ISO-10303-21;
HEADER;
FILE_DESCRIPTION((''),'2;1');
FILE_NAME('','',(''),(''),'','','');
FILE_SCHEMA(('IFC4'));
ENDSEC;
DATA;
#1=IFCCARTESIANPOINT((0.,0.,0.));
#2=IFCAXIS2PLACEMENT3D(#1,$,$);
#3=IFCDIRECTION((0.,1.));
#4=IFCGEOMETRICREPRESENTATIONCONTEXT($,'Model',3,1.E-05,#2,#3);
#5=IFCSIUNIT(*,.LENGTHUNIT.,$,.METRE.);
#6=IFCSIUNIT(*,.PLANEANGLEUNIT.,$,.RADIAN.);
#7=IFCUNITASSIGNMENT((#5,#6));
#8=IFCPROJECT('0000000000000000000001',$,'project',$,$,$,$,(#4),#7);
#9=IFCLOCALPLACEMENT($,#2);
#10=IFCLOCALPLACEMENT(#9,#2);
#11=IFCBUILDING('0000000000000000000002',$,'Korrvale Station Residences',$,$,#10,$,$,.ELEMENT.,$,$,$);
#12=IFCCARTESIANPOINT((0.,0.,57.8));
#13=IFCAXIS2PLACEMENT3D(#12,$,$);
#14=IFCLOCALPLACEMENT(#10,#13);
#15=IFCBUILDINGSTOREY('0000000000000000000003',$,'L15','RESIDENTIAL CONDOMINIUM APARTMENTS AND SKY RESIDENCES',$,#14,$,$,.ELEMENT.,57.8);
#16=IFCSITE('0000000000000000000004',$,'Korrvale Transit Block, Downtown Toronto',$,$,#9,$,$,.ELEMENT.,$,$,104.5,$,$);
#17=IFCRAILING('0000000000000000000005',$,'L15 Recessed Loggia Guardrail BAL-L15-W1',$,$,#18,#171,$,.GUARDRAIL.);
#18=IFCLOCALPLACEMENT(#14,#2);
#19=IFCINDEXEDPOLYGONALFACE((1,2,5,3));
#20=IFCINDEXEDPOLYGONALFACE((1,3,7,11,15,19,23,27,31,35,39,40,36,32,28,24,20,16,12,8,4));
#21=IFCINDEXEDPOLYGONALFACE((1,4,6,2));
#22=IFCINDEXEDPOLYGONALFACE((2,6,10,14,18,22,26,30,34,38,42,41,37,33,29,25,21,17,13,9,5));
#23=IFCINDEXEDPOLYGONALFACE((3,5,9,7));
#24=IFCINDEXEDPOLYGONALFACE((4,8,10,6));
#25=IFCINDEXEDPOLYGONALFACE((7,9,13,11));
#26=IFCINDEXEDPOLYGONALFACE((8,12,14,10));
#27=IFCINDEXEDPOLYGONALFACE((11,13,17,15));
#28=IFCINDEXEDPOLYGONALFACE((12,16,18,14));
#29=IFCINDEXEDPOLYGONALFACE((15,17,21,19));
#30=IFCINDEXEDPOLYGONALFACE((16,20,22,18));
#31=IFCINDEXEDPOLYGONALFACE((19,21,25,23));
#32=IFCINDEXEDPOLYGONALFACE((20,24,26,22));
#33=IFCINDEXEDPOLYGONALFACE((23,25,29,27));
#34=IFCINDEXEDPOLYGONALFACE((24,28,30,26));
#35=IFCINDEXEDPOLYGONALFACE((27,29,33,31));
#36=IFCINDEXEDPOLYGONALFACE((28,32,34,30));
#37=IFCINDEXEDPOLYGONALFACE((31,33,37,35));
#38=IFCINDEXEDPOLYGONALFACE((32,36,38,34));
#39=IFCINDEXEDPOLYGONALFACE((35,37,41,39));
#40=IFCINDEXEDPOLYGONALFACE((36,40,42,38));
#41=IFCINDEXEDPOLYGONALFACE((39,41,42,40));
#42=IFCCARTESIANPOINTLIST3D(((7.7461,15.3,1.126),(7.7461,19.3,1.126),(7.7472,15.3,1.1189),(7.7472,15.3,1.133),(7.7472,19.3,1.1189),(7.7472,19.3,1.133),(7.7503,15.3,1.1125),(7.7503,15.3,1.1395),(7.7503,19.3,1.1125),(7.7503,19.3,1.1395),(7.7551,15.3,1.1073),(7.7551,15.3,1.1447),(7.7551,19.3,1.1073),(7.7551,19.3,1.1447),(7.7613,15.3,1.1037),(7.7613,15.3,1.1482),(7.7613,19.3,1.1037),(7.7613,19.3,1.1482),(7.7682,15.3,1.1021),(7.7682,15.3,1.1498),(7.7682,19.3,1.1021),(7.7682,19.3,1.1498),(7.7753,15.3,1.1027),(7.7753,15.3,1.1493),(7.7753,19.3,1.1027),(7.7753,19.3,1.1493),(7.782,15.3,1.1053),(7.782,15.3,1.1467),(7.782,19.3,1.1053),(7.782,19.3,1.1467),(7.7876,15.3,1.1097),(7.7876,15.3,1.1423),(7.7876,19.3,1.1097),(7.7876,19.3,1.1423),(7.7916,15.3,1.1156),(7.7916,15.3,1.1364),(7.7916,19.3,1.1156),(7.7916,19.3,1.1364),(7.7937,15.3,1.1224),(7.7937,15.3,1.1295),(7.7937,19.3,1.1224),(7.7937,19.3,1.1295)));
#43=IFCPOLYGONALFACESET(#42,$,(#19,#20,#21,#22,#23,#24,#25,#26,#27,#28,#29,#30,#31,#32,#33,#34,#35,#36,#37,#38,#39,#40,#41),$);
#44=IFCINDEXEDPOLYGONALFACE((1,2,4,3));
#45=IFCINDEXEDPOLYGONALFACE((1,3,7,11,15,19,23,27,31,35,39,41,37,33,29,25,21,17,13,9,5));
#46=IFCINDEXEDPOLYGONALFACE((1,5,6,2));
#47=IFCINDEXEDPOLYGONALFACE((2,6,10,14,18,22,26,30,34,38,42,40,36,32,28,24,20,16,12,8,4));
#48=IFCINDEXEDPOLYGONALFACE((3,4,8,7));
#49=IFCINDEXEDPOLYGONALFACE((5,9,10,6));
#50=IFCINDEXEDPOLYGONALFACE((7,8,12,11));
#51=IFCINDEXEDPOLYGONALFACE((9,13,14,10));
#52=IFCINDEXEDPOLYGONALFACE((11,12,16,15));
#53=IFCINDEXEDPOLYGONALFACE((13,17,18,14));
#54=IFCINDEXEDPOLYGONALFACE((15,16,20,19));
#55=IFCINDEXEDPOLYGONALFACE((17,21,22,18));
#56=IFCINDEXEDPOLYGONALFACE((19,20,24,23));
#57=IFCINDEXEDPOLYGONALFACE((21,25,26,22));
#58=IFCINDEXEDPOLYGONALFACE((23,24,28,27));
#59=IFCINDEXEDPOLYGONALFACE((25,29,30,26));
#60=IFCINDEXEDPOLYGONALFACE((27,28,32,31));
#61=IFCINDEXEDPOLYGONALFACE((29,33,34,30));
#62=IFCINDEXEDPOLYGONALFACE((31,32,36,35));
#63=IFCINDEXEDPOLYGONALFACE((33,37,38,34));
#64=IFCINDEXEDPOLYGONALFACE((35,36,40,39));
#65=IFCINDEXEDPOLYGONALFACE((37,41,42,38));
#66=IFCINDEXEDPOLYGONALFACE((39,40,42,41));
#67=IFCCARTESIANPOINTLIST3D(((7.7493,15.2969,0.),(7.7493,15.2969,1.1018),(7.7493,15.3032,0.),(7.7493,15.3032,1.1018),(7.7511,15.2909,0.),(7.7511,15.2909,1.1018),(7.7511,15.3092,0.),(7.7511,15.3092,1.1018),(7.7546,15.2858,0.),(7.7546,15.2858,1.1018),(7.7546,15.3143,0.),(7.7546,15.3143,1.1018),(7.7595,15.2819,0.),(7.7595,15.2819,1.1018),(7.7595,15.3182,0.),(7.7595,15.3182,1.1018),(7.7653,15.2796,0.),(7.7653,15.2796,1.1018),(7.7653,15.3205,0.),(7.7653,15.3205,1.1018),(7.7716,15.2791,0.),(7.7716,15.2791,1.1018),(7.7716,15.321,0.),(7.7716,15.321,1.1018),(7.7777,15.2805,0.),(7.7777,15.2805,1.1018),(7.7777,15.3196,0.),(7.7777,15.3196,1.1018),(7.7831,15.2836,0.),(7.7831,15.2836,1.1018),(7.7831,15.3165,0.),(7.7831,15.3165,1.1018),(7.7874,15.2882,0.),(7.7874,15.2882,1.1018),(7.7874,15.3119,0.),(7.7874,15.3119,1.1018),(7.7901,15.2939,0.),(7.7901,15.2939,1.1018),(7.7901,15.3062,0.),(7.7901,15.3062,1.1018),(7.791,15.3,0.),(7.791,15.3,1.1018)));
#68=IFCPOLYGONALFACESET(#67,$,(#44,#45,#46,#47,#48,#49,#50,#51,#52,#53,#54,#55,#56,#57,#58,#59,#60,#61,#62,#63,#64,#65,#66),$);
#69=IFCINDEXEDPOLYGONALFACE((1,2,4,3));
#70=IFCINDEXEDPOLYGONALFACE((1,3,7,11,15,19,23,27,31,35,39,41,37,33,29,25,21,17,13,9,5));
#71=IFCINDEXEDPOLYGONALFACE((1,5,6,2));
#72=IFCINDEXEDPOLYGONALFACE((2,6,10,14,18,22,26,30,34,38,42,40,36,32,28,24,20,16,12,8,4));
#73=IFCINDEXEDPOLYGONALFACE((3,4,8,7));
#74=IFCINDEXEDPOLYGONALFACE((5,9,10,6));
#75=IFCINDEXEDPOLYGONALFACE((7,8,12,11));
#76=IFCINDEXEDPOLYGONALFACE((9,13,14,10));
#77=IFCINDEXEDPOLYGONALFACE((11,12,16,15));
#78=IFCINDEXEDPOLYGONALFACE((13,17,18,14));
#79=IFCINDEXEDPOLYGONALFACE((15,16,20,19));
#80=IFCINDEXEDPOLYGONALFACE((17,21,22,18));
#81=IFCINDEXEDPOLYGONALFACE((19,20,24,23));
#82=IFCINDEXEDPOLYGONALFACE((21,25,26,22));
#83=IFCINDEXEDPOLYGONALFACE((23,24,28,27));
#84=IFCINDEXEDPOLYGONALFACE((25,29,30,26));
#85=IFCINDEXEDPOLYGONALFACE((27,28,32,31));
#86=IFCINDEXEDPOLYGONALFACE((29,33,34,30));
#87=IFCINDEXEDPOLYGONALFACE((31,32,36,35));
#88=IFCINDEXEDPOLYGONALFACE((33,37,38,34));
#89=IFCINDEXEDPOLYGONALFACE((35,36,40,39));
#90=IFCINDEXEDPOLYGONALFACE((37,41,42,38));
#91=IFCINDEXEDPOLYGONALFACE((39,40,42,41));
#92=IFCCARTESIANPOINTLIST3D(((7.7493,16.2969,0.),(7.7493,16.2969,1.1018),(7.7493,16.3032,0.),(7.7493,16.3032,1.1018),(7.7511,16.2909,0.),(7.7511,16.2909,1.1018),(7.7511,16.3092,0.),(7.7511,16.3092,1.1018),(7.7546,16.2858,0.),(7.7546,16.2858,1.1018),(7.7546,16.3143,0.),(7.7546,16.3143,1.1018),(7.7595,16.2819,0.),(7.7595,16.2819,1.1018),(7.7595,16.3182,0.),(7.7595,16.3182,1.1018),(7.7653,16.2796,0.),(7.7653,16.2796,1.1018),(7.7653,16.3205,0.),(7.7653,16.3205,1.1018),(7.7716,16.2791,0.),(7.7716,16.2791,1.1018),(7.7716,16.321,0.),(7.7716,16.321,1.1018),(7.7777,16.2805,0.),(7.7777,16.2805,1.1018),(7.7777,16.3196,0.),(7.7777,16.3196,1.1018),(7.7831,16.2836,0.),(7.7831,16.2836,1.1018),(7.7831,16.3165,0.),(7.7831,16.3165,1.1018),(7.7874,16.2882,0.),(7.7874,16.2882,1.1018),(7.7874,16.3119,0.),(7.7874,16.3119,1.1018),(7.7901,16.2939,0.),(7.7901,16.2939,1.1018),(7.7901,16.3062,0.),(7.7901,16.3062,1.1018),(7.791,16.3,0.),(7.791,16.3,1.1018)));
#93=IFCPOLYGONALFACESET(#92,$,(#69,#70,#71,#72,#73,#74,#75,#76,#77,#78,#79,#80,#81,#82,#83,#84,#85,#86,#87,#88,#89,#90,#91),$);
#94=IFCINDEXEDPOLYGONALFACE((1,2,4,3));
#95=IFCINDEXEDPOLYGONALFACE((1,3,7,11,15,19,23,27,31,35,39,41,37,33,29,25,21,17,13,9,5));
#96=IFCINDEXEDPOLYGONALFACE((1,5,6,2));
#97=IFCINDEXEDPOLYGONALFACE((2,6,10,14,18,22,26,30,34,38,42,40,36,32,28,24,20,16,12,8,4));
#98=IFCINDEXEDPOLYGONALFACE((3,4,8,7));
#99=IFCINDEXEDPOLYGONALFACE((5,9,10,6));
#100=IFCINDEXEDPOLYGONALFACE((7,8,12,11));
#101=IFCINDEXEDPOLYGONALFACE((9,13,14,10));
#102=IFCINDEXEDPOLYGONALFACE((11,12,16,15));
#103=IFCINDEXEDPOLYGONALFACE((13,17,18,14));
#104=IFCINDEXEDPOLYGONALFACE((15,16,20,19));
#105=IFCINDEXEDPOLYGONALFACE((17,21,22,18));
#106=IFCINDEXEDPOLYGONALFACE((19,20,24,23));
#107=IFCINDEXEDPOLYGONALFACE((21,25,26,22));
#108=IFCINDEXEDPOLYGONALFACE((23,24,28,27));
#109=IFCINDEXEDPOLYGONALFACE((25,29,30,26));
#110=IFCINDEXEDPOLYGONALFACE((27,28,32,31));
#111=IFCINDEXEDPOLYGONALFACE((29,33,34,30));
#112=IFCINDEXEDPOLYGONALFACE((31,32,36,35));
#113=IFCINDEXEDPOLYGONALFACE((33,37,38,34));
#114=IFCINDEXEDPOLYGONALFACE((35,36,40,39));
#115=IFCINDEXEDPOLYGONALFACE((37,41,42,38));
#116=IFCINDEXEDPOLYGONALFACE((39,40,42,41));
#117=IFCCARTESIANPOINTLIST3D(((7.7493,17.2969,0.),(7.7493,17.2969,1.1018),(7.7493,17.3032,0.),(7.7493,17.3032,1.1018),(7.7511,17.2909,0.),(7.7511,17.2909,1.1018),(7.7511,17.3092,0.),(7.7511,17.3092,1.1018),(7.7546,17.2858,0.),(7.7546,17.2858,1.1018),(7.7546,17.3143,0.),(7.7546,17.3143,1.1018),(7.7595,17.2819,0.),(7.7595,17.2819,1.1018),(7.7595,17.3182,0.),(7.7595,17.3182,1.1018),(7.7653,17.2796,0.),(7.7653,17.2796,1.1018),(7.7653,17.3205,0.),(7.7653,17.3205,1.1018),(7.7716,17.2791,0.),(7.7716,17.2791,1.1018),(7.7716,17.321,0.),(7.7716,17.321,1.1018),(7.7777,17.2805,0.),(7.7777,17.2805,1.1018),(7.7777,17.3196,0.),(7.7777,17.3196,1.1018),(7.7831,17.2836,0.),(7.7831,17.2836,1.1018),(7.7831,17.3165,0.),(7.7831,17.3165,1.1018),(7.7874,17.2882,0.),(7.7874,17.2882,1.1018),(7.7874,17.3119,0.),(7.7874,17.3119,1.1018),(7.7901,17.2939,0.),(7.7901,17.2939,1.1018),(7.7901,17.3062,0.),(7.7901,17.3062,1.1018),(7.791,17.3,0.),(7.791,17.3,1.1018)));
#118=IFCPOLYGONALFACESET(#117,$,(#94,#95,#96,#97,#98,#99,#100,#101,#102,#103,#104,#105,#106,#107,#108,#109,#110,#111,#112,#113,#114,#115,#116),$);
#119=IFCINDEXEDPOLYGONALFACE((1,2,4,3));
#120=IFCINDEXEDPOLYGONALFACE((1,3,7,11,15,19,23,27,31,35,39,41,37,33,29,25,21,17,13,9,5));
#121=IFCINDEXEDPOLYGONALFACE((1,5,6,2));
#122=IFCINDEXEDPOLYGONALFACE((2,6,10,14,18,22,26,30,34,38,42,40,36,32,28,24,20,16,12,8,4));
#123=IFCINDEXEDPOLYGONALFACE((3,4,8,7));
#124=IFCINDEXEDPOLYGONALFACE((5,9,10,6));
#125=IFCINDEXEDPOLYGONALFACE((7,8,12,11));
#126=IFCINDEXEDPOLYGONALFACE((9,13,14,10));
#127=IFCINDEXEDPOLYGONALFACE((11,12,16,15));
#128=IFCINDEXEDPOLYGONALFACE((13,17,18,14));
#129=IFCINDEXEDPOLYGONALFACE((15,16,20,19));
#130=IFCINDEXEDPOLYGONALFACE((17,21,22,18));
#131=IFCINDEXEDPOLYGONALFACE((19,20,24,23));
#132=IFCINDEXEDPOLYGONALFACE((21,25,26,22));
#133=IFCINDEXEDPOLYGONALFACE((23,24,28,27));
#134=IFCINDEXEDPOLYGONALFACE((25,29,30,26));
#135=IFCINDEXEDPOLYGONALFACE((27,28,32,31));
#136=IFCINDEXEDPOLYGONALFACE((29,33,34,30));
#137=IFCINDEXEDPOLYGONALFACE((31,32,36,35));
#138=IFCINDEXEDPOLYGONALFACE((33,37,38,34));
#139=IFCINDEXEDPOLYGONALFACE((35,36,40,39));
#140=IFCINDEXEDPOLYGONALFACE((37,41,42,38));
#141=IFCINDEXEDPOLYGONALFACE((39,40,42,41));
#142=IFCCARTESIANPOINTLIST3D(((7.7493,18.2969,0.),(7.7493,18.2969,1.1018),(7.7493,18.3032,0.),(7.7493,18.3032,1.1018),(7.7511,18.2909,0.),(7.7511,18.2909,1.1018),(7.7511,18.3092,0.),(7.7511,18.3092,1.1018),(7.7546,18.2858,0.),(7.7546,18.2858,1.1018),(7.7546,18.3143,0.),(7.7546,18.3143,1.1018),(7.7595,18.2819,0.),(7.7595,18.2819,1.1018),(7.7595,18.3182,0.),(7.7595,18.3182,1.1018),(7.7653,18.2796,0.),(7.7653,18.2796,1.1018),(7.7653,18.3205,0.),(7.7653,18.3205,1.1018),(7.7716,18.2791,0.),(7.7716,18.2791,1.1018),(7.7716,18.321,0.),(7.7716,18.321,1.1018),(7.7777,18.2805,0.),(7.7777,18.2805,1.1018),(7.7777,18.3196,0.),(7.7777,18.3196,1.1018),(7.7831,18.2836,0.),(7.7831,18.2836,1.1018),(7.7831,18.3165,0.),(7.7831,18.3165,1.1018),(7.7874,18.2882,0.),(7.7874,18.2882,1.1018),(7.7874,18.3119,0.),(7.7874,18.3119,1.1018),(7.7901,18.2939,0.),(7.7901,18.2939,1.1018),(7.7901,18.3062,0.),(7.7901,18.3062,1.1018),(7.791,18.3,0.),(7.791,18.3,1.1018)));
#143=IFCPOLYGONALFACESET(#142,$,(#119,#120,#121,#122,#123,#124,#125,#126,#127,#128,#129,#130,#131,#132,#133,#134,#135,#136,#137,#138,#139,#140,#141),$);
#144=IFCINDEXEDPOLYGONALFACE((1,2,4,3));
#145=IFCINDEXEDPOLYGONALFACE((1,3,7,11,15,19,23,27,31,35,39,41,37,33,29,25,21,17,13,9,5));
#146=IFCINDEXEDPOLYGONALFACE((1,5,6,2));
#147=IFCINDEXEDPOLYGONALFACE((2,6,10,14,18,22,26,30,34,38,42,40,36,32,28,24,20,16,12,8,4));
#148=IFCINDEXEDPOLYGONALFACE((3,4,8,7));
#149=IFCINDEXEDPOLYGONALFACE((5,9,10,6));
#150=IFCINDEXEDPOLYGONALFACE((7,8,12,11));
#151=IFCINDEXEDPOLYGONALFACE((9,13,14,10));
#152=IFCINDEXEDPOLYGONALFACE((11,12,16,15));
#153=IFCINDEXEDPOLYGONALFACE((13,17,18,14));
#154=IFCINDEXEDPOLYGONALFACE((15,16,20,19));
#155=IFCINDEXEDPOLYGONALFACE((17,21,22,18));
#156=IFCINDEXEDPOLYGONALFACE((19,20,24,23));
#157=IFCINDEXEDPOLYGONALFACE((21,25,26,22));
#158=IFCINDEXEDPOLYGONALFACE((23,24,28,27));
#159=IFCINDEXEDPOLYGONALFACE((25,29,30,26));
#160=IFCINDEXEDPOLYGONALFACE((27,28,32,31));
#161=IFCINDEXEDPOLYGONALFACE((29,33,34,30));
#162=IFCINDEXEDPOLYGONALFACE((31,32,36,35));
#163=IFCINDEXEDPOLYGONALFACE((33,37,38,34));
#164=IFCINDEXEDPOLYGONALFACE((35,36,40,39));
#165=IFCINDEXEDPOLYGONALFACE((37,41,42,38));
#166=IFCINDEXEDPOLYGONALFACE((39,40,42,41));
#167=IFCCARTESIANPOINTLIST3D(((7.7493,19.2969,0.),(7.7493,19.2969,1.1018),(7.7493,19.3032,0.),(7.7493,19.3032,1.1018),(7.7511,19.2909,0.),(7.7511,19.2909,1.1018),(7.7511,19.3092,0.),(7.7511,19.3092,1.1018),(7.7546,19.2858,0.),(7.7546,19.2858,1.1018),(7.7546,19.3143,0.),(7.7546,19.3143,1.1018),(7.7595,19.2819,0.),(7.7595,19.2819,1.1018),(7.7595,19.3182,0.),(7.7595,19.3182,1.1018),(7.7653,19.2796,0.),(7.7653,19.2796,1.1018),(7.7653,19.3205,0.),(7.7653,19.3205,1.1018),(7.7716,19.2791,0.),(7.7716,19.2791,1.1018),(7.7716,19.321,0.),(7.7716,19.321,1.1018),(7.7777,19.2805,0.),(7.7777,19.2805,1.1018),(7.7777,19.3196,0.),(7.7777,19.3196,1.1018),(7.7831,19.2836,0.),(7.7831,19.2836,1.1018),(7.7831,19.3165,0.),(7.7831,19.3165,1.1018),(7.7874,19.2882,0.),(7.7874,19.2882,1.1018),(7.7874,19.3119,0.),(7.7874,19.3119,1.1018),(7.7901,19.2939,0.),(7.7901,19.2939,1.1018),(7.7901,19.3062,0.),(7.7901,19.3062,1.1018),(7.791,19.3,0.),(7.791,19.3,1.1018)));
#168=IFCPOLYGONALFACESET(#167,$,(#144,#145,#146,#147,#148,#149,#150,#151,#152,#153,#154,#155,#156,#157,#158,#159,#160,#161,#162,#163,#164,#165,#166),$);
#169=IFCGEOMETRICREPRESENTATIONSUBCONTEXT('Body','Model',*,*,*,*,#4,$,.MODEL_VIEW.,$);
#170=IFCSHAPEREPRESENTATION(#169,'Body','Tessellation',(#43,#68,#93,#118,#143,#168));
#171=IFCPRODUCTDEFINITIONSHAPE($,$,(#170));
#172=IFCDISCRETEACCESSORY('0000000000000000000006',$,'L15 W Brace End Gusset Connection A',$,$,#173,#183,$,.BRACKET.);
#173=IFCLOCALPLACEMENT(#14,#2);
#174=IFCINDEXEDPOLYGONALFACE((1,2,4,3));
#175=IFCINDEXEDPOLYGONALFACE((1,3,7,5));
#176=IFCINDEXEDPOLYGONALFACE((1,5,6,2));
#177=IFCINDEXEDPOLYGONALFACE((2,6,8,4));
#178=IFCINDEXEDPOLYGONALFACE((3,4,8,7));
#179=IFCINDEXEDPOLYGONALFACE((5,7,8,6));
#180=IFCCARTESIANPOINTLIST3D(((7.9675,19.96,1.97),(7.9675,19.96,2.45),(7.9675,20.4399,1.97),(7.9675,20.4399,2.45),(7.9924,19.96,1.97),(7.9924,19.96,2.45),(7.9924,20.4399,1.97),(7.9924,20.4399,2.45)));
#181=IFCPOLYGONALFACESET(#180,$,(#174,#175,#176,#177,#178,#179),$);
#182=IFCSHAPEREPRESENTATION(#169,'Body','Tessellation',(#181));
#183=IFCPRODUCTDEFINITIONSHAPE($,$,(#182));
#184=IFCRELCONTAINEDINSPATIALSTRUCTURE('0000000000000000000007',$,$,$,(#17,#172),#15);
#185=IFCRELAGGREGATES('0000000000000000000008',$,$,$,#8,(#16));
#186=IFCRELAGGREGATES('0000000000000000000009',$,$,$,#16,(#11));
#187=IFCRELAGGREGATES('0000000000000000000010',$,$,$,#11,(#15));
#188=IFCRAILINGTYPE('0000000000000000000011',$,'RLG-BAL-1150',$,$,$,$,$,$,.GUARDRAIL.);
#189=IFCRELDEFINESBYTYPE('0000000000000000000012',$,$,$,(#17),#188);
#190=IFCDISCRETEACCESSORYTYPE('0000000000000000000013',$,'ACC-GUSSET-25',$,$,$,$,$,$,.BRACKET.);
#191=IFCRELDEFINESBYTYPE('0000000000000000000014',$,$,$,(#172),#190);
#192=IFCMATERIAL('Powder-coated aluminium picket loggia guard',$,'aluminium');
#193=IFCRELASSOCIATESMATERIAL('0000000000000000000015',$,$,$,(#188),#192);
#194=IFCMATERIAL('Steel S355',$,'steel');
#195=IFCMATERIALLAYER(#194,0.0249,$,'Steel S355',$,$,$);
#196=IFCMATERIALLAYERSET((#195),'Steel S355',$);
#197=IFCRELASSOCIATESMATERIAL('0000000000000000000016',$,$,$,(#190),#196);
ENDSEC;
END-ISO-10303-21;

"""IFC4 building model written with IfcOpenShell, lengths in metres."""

from ifc_helpers import new_model, si_unit, direction, frame, origin, origin_2d, place, context, subcontext, project, spatial, rectangle, circle, extrude, material, layer, layer_set, type_object, element, save


model = new_model("IFC4")

# Units and contexts
model_context = context("Model", 3, precision=1e-05, world=origin(), true_north=direction((0.0, 1.0)))
body_context = subcontext(model_context, "Body", "Model", "MODEL_VIEW")
ifc_project = project(units=[si_unit("LENGTHUNIT", "METRE"), si_unit("PLANEANGLEUNIT", "RADIAN")], contexts=[model_context])

# Site, building, storey
site_placement = place(None, origin())
site = spatial("IfcSite", under=ifc_project, at=site_placement, Name="Korrvale Transit Block, Downtown Toronto", CompositionType="ELEMENT", RefElevation=104.5)
building_placement = place(site_placement, origin())
building = spatial("IfcBuilding", under=site, at=building_placement, Name="Korrvale Station Residences", CompositionType="ELEMENT")
storey_placement = place(building_placement, frame((0.0, 0.0, 57.8)))
storey = spatial("IfcBuildingStorey", under=building, at=storey_placement, Name="L15", Description="RESIDENTIAL CONDOMINIUM APARTMENTS AND SKY RESIDENCES", CompositionType="ELEMENT", Elevation=57.8)

# Shared definitions
ifc_material_1 = material(Name="Steel S355", Category="steel")

# Railing
ifc_material_2 = material(Name="Powder-coated aluminium picket loggia guard", Category="aluminium")
railing_type = type_object("IfcRailingType", Name="RLG-BAL-1150", PredefinedType="GUARDRAIL", material=ifc_material_2)
railing_placement = place(storey_placement, frame((7.77, 15.3, 0.0)))
element("IfcRailing", 1, at=railing_placement, inside=storey, type_object=railing_type, Name="L15 Recessed Loggia Guardrail BAL-L15-W1", PredefinedType="GUARDRAIL", context=body_context, shape_type="SweptSolid", body=[
    extrude(circle(Radius=0.0239, at=origin_2d()), frame((0.0, 0.0, 1.126), z_axis=(0.0, 1.0, 0.0), x_axis=(-1.0, 0.0, 0.0)), (0.0, 0.0, 1.0), 4.0),
    extrude(circle(Radius=0.021, at=origin_2d()), origin(), (0.0, 0.0, 1.0), 1.1018),
    extrude(circle(Radius=0.021, at=origin_2d()), frame((0.0, 1.0, 0.0)), (0.0, 0.0, 1.0), 1.1018),
    extrude(circle(Radius=0.021, at=origin_2d()), frame((0.0, 2.0, 0.0)), (0.0, 0.0, 1.0), 1.1018),
    extrude(circle(Radius=0.021, at=origin_2d()), frame((0.0, 3.0, 0.0)), (0.0, 0.0, 1.0), 1.1018),
    extrude(circle(Radius=0.021, at=origin_2d()), frame((0.0, 4.0, 0.0)), (0.0, 0.0, 1.0), 1.1018),
])

# Discrete accessory
ifc_layer_1 = layer(ifc_material_1, 0.0249, Name="Steel S355")
ifc_layer_set_1 = layer_set([ifc_layer_1], Name="Steel S355")
discrete_accessory_type = type_object("IfcDiscreteAccessoryType", Name="ACC-GUSSET-25", PredefinedType="BRACKET", material=ifc_layer_set_1)
discrete_accessory_placement = place(storey_placement, frame((7.98, 20.2, 1.97), z_axis=(0.0, 0.0, 1.0), x_axis=(0.0, 1.0, 0.0)))
element("IfcDiscreteAccessory", 2, at=discrete_accessory_placement, inside=storey, type_object=discrete_accessory_type, Name="L15 W Brace End Gusset Connection A", PredefinedType="BRACKET", context=body_context, shape_type="SweptSolid", body=[
    extrude(rectangle(XDim=0.48, YDim=0.0249, at=origin_2d()), origin(), (0.0, 0.0, 1.0), 0.48),
])

save(model, "model.ifc")
